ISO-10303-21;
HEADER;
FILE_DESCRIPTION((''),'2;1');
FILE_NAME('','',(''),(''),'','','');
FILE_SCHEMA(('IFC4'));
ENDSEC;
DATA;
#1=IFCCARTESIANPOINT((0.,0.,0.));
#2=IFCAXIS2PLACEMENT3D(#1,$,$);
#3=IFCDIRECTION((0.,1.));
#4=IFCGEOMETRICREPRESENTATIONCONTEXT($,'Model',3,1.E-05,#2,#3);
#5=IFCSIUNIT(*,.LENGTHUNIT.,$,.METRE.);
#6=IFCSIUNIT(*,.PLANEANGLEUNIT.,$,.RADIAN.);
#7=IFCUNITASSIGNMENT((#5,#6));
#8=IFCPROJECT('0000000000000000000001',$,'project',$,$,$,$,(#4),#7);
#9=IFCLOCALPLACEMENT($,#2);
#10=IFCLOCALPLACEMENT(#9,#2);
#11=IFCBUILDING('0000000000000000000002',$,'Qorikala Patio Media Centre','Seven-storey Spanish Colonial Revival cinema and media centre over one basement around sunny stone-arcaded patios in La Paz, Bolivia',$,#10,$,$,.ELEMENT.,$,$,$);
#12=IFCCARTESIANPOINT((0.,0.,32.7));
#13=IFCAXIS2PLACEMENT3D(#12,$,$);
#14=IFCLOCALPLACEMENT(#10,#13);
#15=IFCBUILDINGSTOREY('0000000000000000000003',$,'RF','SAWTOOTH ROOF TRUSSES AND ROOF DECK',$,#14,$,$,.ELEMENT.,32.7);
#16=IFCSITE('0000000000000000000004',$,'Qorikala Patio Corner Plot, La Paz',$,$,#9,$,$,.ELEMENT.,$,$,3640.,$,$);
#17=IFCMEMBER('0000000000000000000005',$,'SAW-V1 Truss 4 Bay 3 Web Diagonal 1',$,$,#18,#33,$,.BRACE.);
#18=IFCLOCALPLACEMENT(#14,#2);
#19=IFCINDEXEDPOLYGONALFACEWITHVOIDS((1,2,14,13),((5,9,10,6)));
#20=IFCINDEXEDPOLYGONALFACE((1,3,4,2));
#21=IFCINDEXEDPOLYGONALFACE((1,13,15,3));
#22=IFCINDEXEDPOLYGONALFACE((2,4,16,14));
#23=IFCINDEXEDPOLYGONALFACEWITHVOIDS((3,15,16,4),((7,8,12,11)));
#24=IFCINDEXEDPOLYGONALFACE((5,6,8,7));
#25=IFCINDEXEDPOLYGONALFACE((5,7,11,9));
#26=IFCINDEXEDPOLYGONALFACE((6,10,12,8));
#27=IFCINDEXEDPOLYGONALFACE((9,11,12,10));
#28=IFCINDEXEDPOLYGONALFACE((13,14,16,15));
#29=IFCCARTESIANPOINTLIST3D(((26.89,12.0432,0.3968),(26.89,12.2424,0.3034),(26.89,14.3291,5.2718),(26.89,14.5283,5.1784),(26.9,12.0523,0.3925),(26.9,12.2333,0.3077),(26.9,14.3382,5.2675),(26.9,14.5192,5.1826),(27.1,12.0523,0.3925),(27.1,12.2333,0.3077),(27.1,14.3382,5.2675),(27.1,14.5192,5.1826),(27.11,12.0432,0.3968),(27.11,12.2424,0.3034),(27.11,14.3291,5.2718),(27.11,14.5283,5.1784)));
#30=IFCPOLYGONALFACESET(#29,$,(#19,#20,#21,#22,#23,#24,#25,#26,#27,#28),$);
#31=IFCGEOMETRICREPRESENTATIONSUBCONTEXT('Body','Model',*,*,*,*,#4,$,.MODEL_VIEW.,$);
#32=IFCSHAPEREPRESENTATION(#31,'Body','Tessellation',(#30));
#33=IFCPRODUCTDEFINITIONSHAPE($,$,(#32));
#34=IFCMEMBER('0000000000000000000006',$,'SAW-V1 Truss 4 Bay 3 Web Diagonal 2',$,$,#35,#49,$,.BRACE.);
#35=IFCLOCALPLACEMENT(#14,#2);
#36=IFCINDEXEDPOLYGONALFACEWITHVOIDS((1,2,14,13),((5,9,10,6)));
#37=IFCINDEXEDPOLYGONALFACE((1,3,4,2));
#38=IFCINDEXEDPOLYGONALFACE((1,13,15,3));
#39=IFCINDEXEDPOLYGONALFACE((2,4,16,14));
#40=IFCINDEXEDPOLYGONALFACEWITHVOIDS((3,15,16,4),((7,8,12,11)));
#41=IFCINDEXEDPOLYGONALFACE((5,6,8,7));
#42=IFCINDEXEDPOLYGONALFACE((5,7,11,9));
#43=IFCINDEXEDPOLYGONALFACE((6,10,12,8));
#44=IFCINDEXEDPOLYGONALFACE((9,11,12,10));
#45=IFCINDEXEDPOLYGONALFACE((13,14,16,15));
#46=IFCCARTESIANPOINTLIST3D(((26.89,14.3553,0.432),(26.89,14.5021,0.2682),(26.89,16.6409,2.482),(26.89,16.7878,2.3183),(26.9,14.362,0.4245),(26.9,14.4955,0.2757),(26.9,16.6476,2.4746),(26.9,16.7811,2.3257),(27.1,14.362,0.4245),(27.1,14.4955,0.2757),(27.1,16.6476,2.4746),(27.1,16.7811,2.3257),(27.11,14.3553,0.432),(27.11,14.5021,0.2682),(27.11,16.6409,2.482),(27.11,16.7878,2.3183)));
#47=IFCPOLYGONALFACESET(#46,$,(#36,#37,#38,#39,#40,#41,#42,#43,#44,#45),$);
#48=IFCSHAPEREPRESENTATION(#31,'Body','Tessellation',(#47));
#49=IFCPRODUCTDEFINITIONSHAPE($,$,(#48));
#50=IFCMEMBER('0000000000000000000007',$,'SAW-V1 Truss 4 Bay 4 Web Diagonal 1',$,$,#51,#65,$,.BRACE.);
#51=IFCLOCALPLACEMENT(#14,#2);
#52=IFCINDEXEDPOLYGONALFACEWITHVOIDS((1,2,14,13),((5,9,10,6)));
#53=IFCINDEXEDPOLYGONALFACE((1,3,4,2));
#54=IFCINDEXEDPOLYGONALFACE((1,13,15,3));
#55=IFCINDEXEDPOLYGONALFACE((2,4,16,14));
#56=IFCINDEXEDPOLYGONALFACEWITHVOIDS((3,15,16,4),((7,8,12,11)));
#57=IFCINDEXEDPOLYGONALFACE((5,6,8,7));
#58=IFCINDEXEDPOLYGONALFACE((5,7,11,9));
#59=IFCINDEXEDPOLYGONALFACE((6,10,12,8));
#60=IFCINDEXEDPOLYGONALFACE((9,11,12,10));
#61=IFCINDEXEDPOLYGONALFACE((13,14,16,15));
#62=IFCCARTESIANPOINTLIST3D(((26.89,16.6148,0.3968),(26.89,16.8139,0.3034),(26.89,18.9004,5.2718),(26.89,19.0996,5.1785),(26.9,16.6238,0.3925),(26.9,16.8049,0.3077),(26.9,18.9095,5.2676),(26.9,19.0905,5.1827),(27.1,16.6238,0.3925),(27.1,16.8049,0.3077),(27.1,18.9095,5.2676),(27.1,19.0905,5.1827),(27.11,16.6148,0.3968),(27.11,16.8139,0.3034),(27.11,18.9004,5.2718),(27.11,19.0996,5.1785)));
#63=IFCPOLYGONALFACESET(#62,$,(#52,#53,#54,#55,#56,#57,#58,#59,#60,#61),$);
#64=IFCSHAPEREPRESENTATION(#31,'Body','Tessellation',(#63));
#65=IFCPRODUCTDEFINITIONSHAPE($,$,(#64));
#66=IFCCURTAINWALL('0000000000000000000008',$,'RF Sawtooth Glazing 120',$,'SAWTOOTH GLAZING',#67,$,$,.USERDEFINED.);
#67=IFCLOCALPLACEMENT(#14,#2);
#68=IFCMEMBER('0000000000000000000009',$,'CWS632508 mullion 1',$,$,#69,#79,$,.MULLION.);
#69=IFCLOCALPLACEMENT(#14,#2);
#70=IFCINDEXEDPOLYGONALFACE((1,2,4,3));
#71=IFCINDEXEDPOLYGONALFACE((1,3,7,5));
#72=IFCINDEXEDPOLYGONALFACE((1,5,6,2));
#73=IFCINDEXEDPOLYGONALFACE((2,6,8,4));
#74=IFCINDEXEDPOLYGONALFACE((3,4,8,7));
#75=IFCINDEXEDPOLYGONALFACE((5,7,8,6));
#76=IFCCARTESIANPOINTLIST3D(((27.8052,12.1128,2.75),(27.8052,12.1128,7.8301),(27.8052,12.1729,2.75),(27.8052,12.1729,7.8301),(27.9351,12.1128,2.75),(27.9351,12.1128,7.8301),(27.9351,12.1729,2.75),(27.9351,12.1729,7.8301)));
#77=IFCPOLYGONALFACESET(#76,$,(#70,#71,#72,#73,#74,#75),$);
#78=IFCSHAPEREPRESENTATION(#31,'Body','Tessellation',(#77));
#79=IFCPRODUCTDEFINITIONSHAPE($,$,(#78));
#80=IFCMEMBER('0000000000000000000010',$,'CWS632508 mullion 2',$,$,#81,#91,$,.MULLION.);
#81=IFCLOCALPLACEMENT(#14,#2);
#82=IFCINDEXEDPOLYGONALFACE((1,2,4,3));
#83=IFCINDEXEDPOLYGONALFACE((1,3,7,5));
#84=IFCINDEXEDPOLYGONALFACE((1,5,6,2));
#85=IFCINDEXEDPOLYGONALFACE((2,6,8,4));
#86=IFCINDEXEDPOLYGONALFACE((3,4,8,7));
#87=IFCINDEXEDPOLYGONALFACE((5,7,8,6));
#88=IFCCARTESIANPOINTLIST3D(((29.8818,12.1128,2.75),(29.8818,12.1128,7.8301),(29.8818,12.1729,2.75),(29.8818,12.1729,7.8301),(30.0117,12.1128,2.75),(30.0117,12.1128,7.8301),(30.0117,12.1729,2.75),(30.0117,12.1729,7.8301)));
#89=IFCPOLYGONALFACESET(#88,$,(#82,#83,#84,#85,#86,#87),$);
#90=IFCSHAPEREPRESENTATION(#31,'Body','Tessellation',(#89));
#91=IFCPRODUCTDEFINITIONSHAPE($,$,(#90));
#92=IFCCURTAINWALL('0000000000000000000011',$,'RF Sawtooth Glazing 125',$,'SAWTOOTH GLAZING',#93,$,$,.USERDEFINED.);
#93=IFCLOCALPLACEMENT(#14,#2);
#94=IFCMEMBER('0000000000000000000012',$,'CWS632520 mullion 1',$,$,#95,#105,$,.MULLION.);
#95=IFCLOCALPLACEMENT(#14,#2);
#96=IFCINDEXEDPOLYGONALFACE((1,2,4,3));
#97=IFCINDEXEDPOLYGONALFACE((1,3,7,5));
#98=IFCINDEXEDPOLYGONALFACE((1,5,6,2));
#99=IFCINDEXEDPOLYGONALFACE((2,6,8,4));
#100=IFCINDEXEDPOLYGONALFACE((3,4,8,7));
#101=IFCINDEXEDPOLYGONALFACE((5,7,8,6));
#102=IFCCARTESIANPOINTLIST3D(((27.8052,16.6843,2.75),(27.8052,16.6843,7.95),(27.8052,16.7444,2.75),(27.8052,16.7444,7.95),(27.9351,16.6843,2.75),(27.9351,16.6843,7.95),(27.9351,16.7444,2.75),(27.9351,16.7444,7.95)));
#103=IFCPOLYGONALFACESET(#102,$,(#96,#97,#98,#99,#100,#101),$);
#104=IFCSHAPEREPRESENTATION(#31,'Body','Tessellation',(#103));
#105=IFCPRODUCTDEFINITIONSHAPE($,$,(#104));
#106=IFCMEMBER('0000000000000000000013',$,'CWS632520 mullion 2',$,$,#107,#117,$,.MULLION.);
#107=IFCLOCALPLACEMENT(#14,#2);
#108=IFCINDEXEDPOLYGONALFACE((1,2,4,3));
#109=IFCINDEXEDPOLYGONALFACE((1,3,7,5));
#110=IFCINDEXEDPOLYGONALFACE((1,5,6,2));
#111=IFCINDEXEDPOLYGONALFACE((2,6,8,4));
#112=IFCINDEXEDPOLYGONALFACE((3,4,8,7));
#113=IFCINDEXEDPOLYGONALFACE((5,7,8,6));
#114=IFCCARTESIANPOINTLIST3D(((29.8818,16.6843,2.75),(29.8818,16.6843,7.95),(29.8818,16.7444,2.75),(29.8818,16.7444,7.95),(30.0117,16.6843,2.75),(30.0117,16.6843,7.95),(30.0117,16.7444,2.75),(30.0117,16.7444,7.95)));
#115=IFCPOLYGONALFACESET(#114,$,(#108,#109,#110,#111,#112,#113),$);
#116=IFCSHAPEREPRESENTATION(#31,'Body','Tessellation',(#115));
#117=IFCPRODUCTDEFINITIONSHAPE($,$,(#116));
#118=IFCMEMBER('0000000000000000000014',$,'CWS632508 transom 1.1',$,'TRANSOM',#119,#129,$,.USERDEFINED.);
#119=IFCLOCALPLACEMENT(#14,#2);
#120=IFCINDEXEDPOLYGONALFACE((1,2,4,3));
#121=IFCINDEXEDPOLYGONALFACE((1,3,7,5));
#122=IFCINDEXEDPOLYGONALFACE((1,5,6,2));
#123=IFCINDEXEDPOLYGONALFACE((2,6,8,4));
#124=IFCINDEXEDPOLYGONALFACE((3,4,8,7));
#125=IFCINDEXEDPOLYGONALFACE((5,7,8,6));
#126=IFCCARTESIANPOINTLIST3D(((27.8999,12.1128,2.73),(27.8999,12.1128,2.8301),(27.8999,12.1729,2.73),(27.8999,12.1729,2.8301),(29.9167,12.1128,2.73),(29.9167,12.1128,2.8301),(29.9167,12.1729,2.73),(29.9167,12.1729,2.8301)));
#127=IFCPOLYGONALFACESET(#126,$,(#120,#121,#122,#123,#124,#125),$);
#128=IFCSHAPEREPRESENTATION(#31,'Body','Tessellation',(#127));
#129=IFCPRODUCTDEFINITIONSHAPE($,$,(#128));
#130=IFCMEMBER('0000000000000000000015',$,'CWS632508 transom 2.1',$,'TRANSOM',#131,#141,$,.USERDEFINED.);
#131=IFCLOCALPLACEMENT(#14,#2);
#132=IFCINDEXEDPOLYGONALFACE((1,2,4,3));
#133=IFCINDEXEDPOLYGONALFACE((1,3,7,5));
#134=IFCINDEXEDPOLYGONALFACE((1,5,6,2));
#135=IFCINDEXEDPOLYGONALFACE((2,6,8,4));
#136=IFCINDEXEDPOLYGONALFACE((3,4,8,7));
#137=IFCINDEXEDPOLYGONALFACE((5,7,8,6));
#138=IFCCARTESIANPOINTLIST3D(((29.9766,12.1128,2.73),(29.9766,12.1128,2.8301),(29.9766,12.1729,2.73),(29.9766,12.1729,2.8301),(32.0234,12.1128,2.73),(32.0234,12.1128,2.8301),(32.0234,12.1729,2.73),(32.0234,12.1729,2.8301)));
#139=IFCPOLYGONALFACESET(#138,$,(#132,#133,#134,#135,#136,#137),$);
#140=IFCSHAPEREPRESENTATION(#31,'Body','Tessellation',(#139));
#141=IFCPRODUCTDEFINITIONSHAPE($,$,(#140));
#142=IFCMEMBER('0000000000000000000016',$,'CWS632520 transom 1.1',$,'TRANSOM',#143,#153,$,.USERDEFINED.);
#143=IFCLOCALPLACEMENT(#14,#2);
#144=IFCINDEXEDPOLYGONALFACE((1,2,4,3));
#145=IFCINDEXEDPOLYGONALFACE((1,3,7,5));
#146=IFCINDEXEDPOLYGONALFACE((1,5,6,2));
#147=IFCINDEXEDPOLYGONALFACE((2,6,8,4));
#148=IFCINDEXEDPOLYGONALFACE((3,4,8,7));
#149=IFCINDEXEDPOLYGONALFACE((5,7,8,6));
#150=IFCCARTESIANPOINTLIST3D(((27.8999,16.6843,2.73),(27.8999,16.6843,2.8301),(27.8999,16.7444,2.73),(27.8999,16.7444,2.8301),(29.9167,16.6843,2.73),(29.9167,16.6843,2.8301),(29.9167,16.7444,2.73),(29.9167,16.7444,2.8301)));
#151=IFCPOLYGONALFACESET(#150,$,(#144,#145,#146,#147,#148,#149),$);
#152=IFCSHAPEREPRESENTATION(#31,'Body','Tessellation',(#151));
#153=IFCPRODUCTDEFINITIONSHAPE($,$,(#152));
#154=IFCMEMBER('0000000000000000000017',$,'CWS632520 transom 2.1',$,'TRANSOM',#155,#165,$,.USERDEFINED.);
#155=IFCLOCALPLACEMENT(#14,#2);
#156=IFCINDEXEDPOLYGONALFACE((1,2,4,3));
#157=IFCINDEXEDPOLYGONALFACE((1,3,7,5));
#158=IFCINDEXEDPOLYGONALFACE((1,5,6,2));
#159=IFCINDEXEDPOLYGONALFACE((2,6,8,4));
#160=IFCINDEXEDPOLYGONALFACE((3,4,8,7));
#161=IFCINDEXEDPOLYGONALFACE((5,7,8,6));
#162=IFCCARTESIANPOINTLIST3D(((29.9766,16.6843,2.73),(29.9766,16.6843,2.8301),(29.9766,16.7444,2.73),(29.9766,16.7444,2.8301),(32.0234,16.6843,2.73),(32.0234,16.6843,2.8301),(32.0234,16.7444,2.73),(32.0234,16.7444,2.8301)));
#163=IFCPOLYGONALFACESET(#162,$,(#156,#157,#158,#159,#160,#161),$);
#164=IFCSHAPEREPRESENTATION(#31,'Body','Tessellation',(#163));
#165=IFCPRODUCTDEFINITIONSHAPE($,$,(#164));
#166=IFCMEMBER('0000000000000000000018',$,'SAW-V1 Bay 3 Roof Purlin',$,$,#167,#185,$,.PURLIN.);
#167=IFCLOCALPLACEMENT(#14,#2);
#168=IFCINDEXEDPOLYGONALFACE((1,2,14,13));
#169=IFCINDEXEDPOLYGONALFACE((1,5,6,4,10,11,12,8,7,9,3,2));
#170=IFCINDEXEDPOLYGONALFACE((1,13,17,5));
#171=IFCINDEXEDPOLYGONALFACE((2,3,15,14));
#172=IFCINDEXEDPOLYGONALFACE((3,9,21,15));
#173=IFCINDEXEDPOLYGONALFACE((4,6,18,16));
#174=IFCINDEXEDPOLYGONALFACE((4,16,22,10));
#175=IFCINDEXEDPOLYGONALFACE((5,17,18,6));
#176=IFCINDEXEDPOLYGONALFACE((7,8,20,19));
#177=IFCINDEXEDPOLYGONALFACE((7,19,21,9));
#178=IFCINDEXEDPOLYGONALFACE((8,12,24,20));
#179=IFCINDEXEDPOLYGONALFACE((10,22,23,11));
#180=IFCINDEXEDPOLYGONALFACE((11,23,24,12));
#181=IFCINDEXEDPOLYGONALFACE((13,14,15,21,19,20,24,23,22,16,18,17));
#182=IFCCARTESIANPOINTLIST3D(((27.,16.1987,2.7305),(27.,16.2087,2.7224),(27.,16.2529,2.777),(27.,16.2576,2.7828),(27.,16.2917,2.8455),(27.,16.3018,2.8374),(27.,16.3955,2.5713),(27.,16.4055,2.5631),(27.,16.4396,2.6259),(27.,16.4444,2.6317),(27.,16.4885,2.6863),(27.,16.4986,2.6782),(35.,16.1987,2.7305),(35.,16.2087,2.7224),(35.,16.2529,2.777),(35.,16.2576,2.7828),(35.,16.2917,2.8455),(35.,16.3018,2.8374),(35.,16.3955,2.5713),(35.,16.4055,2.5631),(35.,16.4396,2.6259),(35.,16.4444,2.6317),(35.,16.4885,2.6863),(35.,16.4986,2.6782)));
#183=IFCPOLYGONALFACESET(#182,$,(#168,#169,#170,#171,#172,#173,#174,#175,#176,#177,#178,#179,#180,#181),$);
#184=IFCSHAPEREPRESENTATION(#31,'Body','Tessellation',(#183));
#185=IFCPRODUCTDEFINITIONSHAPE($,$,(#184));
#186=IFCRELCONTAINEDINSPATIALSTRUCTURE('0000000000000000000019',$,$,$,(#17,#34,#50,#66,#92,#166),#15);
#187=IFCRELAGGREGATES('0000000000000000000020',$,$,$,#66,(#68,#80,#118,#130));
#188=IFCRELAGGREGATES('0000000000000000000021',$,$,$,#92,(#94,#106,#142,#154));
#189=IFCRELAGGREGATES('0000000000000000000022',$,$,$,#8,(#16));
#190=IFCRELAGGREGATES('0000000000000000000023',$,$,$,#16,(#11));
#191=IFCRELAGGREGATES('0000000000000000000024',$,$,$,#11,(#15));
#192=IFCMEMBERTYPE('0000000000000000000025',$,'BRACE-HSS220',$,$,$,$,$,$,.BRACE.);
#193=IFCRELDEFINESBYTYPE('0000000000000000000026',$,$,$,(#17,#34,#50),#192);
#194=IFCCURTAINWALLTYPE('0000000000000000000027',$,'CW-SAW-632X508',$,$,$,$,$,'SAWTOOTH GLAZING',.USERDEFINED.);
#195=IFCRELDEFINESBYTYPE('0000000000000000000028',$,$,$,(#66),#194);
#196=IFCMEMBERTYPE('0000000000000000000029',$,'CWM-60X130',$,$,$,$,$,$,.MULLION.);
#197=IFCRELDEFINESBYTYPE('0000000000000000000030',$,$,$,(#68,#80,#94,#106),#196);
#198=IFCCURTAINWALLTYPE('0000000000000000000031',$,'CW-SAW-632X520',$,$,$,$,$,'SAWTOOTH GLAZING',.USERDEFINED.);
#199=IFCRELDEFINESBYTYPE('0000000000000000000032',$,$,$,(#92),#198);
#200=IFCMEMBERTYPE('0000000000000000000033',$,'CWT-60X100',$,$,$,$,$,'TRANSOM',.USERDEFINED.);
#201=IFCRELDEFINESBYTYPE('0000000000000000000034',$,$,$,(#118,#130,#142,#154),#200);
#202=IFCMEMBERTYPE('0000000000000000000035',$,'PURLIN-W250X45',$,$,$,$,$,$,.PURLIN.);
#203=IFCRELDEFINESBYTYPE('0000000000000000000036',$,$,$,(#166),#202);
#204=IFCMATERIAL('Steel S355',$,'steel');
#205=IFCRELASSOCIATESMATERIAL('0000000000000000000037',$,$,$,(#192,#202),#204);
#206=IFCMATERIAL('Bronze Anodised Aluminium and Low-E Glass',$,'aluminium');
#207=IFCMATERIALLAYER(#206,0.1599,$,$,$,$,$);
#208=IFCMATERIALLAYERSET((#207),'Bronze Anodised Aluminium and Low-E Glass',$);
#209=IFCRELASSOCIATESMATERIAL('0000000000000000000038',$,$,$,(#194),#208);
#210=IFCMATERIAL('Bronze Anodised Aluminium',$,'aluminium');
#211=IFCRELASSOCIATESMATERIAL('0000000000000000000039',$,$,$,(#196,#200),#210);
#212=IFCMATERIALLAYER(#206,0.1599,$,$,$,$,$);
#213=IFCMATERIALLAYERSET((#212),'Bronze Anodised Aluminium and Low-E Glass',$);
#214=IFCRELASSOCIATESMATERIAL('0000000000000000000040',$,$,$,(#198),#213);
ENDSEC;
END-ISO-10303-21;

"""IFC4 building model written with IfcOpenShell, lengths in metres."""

from ifc_helpers import new_model, si_unit, direction, frame, origin, origin_2d, place, context, subcontext, project, spatial, rectangle, hollow_rectangle, i_section, extrude, material, layer, layer_set, material_profile, profile_set, type_object, element, aggregate, save


model = new_model("IFC4")

# Units and contexts
model_context = context("Model", 3, precision=1e-05, world=origin(), true_north=direction((0.0, 1.0)))
body_context = subcontext(model_context, "Body", "Model", "MODEL_VIEW")
ifc_project = project(units=[si_unit("LENGTHUNIT", "METRE"), si_unit("PLANEANGLEUNIT", "RADIAN")], contexts=[model_context])

# Site, building, storey
site_placement = place(None, origin())
site = spatial("IfcSite", under=ifc_project, at=site_placement, Name="Qorikala Patio Corner Plot, La Paz", CompositionType="ELEMENT", RefElevation=3640.0)
building_placement = place(site_placement, origin())
building = spatial("IfcBuilding", under=site, at=building_placement, Name="Qorikala Patio Media Centre", Description="Seven-storey Spanish Colonial Revival cinema and media centre over one basement around sunny stone-arcaded patios in La Paz, Bolivia", CompositionType="ELEMENT")
storey_placement = place(building_placement, frame((0.0, 0.0, 32.7)))
storey = spatial("IfcBuildingStorey", under=building, at=storey_placement, Name="RF", Description="SAWTOOTH ROOF TRUSSES AND ROOF DECK", CompositionType="ELEMENT", Elevation=32.7)

# Members
ifc_material_1 = material(Name="Steel S355", Category="steel")
ifc_material_profile_1 = material_profile(ifc_material_1, hollow_rectangle(XDim=0.22, YDim=0.22, WallThickness=0.01, at=origin_2d()), Name="HSS220X220X10")
ifc_profile_set_1 = profile_set([ifc_material_profile_1], Name="Steel S355")
member_type_1 = type_object("IfcMemberType", Name="BRACE-HSS220", PredefinedType="BRACE", material=ifc_profile_set_1)
member_1_placement = place(storey_placement, frame((27.0, 12.1428, 0.3501), z_axis=(0.0, 0.424545, 0.905407), x_axis=(-1.0, 0.0, 0.0)))
element("IfcMember", 1, at=member_1_placement, inside=storey, type_object=member_type_1, Name="SAW-V1 Truss 4 Bay 3 Web Diagonal 1", PredefinedType="BRACE", context=body_context, shape_type="SweptSolid", body=[
    extrude(hollow_rectangle(XDim=0.22, YDim=0.22, WallThickness=0.01, at=origin_2d()), origin(), (0.0, 0.0, 1.0), 5.3843),
])
member_2_placement = place(storey_placement, frame((27.0, 14.4287, 0.3501), z_axis=(0.0, 0.744432, 0.667699), x_axis=(-1.0, 0.0, 0.0)))
element("IfcMember", 2, at=member_2_placement, inside=storey, type_object=member_type_1, Name="SAW-V1 Truss 4 Bay 3 Web Diagonal 2", PredefinedType="BRACE", context=body_context, shape_type="SweptSolid", body=[
    extrude(hollow_rectangle(XDim=0.22, YDim=0.22, WallThickness=0.01, at=origin_2d()), origin(), (0.0, 0.0, 1.0), 3.0703),
])
member_3_placement = place(storey_placement, frame((27.0, 16.7144, 0.3501), z_axis=(0.0, 0.424508, 0.905424), x_axis=(-1.0, 0.0, 0.0)))
element("IfcMember", 3, at=member_3_placement, inside=storey, type_object=member_type_1, Name="SAW-V1 Truss 4 Bay 4 Web Diagonal 1", PredefinedType="BRACE", context=body_context, shape_type="SweptSolid", body=[
    extrude(hollow_rectangle(XDim=0.22, YDim=0.22, WallThickness=0.01, at=origin_2d()), origin(), (0.0, 0.0, 1.0), 5.3843),
])

# Curtain walls, members
ifc_material_2 = material(Name="Bronze Anodised Aluminium and Low-E Glass", Category="aluminium")
ifc_layer_1 = layer(ifc_material_2, 0.1599)
ifc_layer_set_1 = layer_set([ifc_layer_1], Name="Bronze Anodised Aluminium and Low-E Glass")
curtain_wall_type_1 = type_object("IfcCurtainWallType", Name="CW-SAW-632X508", ElementType="SAWTOOTH GLAZING", PredefinedType="USERDEFINED", material=ifc_layer_set_1)
curtain_wall_1_placement = place(storey_placement, origin())
curtain_wall_1 = element("IfcCurtainWall", 4, at=curtain_wall_1_placement, inside=storey, type_object=curtain_wall_type_1, Name="RF Sawtooth Glazing 120", ObjectType="SAWTOOTH GLAZING", PredefinedType="USERDEFINED")
ifc_material_3 = material(Name="Bronze Anodised Aluminium", Category="aluminium")
ifc_material_profile_2 = material_profile(ifc_material_3, rectangle(XDim=0.0601, YDim=0.1299, at=origin_2d()), Name="ALU MULLION 60x130")
ifc_profile_set_2 = profile_set([ifc_material_profile_2], Name="Bronze Anodised Aluminium")
member_type_2 = type_object("IfcMemberType", Name="CWM-60X130", PredefinedType="MULLION", material=ifc_profile_set_2)
member_4_placement = place(storey_placement, frame((27.8701, 12.1428, 2.75), z_axis=(0.0, 0.0, 1.0), x_axis=(0.0, 1.0, 0.0)))
member_4 = element("IfcMember", 5, at=member_4_placement, type_object=member_type_2, Name="CWS632508 mullion 1", PredefinedType="MULLION", context=body_context, shape_type="SweptSolid", body=[
    extrude(rectangle(XDim=0.0601, YDim=0.1299, at=origin_2d()), origin(), (0.0, 0.0, 1.0), 5.0801),
])
member_5_placement = place(storey_placement, frame((29.9468, 12.1428, 2.75), z_axis=(0.0, 0.0, 1.0), x_axis=(0.0, 1.0, 0.0)))
member_5 = element("IfcMember", 6, at=member_5_placement, type_object=member_type_2, Name="CWS632508 mullion 2", PredefinedType="MULLION", context=body_context, shape_type="SweptSolid", body=[
    extrude(rectangle(XDim=0.0601, YDim=0.1299, at=origin_2d()), origin(), (0.0, 0.0, 1.0), 5.0801),
])
ifc_layer_2 = layer(ifc_material_2, 0.1599)
ifc_layer_set_2 = layer_set([ifc_layer_2], Name="Bronze Anodised Aluminium and Low-E Glass")
curtain_wall_type_2 = type_object("IfcCurtainWallType", Name="CW-SAW-632X520", ElementType="SAWTOOTH GLAZING", PredefinedType="USERDEFINED", material=ifc_layer_set_2)
curtain_wall_2_placement = place(storey_placement, origin())
curtain_wall_2 = element("IfcCurtainWall", 7, at=curtain_wall_2_placement, inside=storey, type_object=curtain_wall_type_2, Name="RF Sawtooth Glazing 125", ObjectType="SAWTOOTH GLAZING", PredefinedType="USERDEFINED")
member_6_placement = place(storey_placement, frame((27.8701, 16.7144, 2.75), z_axis=(0.0, 0.0, 1.0), x_axis=(0.0, 1.0, 0.0)))
member_6 = element("IfcMember", 8, at=member_6_placement, type_object=member_type_2, Name="CWS632520 mullion 1", PredefinedType="MULLION", context=body_context, shape_type="SweptSolid", body=[
    extrude(rectangle(XDim=0.0601, YDim=0.1299, at=origin_2d()), origin(), (0.0, 0.0, 1.0), 5.2),
])
member_7_placement = place(storey_placement, frame((29.9468, 16.7144, 2.75), z_axis=(0.0, 0.0, 1.0), x_axis=(0.0, 1.0, 0.0)))
member_7 = element("IfcMember", 9, at=member_7_placement, type_object=member_type_2, Name="CWS632520 mullion 2", PredefinedType="MULLION", context=body_context, shape_type="SweptSolid", body=[
    extrude(rectangle(XDim=0.0601, YDim=0.1299, at=origin_2d()), origin(), (0.0, 0.0, 1.0), 5.2),
])

# Members
ifc_material_profile_3 = material_profile(ifc_material_3, rectangle(XDim=0.0601, YDim=0.1001, at=origin_2d()), Name="ALU TRANSOM 60x100")
ifc_profile_set_3 = profile_set([ifc_material_profile_3], Name="Bronze Anodised Aluminium")
member_type_3 = type_object("IfcMemberType", Name="CWT-60X100", ElementType="TRANSOM", PredefinedType="USERDEFINED", material=ifc_profile_set_3)
member_8_placement = place(storey_placement, frame((27.8999, 12.1428, 2.78), z_axis=(1.0, 0.0, 0.0), x_axis=(0.0, 1.0, 0.0)))
member_8 = element("IfcMember", 10, at=member_8_placement, type_object=member_type_3, Name="CWS632508 transom 1.1", ObjectType="TRANSOM", PredefinedType="USERDEFINED", context=body_context, shape_type="SweptSolid", body=[
    extrude(rectangle(XDim=0.0601, YDim=0.1001, at=origin_2d()), origin(), (0.0, 0.0, 1.0), 2.0168),
])
member_9_placement = place(storey_placement, frame((29.9766, 12.1428, 2.78), z_axis=(1.0, 0.0, 0.0), x_axis=(0.0, 1.0, 0.0)))
member_9 = element("IfcMember", 11, at=member_9_placement, type_object=member_type_3, Name="CWS632508 transom 2.1", ObjectType="TRANSOM", PredefinedType="USERDEFINED", context=body_context, shape_type="SweptSolid", body=[
    extrude(rectangle(XDim=0.0601, YDim=0.1001, at=origin_2d()), origin(), (0.0, 0.0, 1.0), 2.0469),
])
member_10_placement = place(storey_placement, frame((27.8999, 16.7144, 2.78), z_axis=(1.0, 0.0, 0.0), x_axis=(0.0, 1.0, 0.0)))
member_10 = element("IfcMember", 12, at=member_10_placement, type_object=member_type_3, Name="CWS632520 transom 1.1", ObjectType="TRANSOM", PredefinedType="USERDEFINED", context=body_context, shape_type="SweptSolid", body=[
    extrude(rectangle(XDim=0.0601, YDim=0.1001, at=origin_2d()), origin(), (0.0, 0.0, 1.0), 2.0168),
])
member_11_placement = place(storey_placement, frame((29.9766, 16.7144, 2.78), z_axis=(1.0, 0.0, 0.0), x_axis=(0.0, 1.0, 0.0)))
member_11 = element("IfcMember", 13, at=member_11_placement, type_object=member_type_3, Name="CWS632520 transom 2.1", ObjectType="TRANSOM", PredefinedType="USERDEFINED", context=body_context, shape_type="SweptSolid", body=[
    extrude(rectangle(XDim=0.0601, YDim=0.1001, at=origin_2d()), origin(), (0.0, 0.0, 1.0), 2.0469),
])
ifc_material_profile_4 = material_profile(ifc_material_1, i_section(OverallWidth=0.1479, OverallDepth=0.2661, WebThickness=0.0076, FlangeThickness=0.0129, at=origin_2d()), Name="W250X45")
ifc_profile_set_4 = profile_set([ifc_material_profile_4], Name="Steel S355")
member_type_4 = type_object("IfcMemberType", Name="PURLIN-W250X45", PredefinedType="PURLIN", material=ifc_profile_set_4)
member_12_placement = place(storey_placement, frame((27.0, 16.3486, 2.7043), z_axis=(1.0, 0.0, 0.0), x_axis=(0.0, 0.628995, 0.77741)))
element("IfcMember", 14, at=member_12_placement, inside=storey, type_object=member_type_4, Name="SAW-V1 Bay 3 Roof Purlin", PredefinedType="PURLIN", context=body_context, shape_type="SweptSolid", body=[
    extrude(i_section(OverallWidth=0.1479, OverallDepth=0.2661, WebThickness=0.0076, FlangeThickness=0.0129, at=origin_2d()), origin(), (0.0, 0.0, 1.0), 8.0),
])

aggregate(curtain_wall_1, [member_4, member_5, member_8, member_9])
aggregate(curtain_wall_2, [member_6, member_7, member_10, member_11])

save(model, "model.ifc")
